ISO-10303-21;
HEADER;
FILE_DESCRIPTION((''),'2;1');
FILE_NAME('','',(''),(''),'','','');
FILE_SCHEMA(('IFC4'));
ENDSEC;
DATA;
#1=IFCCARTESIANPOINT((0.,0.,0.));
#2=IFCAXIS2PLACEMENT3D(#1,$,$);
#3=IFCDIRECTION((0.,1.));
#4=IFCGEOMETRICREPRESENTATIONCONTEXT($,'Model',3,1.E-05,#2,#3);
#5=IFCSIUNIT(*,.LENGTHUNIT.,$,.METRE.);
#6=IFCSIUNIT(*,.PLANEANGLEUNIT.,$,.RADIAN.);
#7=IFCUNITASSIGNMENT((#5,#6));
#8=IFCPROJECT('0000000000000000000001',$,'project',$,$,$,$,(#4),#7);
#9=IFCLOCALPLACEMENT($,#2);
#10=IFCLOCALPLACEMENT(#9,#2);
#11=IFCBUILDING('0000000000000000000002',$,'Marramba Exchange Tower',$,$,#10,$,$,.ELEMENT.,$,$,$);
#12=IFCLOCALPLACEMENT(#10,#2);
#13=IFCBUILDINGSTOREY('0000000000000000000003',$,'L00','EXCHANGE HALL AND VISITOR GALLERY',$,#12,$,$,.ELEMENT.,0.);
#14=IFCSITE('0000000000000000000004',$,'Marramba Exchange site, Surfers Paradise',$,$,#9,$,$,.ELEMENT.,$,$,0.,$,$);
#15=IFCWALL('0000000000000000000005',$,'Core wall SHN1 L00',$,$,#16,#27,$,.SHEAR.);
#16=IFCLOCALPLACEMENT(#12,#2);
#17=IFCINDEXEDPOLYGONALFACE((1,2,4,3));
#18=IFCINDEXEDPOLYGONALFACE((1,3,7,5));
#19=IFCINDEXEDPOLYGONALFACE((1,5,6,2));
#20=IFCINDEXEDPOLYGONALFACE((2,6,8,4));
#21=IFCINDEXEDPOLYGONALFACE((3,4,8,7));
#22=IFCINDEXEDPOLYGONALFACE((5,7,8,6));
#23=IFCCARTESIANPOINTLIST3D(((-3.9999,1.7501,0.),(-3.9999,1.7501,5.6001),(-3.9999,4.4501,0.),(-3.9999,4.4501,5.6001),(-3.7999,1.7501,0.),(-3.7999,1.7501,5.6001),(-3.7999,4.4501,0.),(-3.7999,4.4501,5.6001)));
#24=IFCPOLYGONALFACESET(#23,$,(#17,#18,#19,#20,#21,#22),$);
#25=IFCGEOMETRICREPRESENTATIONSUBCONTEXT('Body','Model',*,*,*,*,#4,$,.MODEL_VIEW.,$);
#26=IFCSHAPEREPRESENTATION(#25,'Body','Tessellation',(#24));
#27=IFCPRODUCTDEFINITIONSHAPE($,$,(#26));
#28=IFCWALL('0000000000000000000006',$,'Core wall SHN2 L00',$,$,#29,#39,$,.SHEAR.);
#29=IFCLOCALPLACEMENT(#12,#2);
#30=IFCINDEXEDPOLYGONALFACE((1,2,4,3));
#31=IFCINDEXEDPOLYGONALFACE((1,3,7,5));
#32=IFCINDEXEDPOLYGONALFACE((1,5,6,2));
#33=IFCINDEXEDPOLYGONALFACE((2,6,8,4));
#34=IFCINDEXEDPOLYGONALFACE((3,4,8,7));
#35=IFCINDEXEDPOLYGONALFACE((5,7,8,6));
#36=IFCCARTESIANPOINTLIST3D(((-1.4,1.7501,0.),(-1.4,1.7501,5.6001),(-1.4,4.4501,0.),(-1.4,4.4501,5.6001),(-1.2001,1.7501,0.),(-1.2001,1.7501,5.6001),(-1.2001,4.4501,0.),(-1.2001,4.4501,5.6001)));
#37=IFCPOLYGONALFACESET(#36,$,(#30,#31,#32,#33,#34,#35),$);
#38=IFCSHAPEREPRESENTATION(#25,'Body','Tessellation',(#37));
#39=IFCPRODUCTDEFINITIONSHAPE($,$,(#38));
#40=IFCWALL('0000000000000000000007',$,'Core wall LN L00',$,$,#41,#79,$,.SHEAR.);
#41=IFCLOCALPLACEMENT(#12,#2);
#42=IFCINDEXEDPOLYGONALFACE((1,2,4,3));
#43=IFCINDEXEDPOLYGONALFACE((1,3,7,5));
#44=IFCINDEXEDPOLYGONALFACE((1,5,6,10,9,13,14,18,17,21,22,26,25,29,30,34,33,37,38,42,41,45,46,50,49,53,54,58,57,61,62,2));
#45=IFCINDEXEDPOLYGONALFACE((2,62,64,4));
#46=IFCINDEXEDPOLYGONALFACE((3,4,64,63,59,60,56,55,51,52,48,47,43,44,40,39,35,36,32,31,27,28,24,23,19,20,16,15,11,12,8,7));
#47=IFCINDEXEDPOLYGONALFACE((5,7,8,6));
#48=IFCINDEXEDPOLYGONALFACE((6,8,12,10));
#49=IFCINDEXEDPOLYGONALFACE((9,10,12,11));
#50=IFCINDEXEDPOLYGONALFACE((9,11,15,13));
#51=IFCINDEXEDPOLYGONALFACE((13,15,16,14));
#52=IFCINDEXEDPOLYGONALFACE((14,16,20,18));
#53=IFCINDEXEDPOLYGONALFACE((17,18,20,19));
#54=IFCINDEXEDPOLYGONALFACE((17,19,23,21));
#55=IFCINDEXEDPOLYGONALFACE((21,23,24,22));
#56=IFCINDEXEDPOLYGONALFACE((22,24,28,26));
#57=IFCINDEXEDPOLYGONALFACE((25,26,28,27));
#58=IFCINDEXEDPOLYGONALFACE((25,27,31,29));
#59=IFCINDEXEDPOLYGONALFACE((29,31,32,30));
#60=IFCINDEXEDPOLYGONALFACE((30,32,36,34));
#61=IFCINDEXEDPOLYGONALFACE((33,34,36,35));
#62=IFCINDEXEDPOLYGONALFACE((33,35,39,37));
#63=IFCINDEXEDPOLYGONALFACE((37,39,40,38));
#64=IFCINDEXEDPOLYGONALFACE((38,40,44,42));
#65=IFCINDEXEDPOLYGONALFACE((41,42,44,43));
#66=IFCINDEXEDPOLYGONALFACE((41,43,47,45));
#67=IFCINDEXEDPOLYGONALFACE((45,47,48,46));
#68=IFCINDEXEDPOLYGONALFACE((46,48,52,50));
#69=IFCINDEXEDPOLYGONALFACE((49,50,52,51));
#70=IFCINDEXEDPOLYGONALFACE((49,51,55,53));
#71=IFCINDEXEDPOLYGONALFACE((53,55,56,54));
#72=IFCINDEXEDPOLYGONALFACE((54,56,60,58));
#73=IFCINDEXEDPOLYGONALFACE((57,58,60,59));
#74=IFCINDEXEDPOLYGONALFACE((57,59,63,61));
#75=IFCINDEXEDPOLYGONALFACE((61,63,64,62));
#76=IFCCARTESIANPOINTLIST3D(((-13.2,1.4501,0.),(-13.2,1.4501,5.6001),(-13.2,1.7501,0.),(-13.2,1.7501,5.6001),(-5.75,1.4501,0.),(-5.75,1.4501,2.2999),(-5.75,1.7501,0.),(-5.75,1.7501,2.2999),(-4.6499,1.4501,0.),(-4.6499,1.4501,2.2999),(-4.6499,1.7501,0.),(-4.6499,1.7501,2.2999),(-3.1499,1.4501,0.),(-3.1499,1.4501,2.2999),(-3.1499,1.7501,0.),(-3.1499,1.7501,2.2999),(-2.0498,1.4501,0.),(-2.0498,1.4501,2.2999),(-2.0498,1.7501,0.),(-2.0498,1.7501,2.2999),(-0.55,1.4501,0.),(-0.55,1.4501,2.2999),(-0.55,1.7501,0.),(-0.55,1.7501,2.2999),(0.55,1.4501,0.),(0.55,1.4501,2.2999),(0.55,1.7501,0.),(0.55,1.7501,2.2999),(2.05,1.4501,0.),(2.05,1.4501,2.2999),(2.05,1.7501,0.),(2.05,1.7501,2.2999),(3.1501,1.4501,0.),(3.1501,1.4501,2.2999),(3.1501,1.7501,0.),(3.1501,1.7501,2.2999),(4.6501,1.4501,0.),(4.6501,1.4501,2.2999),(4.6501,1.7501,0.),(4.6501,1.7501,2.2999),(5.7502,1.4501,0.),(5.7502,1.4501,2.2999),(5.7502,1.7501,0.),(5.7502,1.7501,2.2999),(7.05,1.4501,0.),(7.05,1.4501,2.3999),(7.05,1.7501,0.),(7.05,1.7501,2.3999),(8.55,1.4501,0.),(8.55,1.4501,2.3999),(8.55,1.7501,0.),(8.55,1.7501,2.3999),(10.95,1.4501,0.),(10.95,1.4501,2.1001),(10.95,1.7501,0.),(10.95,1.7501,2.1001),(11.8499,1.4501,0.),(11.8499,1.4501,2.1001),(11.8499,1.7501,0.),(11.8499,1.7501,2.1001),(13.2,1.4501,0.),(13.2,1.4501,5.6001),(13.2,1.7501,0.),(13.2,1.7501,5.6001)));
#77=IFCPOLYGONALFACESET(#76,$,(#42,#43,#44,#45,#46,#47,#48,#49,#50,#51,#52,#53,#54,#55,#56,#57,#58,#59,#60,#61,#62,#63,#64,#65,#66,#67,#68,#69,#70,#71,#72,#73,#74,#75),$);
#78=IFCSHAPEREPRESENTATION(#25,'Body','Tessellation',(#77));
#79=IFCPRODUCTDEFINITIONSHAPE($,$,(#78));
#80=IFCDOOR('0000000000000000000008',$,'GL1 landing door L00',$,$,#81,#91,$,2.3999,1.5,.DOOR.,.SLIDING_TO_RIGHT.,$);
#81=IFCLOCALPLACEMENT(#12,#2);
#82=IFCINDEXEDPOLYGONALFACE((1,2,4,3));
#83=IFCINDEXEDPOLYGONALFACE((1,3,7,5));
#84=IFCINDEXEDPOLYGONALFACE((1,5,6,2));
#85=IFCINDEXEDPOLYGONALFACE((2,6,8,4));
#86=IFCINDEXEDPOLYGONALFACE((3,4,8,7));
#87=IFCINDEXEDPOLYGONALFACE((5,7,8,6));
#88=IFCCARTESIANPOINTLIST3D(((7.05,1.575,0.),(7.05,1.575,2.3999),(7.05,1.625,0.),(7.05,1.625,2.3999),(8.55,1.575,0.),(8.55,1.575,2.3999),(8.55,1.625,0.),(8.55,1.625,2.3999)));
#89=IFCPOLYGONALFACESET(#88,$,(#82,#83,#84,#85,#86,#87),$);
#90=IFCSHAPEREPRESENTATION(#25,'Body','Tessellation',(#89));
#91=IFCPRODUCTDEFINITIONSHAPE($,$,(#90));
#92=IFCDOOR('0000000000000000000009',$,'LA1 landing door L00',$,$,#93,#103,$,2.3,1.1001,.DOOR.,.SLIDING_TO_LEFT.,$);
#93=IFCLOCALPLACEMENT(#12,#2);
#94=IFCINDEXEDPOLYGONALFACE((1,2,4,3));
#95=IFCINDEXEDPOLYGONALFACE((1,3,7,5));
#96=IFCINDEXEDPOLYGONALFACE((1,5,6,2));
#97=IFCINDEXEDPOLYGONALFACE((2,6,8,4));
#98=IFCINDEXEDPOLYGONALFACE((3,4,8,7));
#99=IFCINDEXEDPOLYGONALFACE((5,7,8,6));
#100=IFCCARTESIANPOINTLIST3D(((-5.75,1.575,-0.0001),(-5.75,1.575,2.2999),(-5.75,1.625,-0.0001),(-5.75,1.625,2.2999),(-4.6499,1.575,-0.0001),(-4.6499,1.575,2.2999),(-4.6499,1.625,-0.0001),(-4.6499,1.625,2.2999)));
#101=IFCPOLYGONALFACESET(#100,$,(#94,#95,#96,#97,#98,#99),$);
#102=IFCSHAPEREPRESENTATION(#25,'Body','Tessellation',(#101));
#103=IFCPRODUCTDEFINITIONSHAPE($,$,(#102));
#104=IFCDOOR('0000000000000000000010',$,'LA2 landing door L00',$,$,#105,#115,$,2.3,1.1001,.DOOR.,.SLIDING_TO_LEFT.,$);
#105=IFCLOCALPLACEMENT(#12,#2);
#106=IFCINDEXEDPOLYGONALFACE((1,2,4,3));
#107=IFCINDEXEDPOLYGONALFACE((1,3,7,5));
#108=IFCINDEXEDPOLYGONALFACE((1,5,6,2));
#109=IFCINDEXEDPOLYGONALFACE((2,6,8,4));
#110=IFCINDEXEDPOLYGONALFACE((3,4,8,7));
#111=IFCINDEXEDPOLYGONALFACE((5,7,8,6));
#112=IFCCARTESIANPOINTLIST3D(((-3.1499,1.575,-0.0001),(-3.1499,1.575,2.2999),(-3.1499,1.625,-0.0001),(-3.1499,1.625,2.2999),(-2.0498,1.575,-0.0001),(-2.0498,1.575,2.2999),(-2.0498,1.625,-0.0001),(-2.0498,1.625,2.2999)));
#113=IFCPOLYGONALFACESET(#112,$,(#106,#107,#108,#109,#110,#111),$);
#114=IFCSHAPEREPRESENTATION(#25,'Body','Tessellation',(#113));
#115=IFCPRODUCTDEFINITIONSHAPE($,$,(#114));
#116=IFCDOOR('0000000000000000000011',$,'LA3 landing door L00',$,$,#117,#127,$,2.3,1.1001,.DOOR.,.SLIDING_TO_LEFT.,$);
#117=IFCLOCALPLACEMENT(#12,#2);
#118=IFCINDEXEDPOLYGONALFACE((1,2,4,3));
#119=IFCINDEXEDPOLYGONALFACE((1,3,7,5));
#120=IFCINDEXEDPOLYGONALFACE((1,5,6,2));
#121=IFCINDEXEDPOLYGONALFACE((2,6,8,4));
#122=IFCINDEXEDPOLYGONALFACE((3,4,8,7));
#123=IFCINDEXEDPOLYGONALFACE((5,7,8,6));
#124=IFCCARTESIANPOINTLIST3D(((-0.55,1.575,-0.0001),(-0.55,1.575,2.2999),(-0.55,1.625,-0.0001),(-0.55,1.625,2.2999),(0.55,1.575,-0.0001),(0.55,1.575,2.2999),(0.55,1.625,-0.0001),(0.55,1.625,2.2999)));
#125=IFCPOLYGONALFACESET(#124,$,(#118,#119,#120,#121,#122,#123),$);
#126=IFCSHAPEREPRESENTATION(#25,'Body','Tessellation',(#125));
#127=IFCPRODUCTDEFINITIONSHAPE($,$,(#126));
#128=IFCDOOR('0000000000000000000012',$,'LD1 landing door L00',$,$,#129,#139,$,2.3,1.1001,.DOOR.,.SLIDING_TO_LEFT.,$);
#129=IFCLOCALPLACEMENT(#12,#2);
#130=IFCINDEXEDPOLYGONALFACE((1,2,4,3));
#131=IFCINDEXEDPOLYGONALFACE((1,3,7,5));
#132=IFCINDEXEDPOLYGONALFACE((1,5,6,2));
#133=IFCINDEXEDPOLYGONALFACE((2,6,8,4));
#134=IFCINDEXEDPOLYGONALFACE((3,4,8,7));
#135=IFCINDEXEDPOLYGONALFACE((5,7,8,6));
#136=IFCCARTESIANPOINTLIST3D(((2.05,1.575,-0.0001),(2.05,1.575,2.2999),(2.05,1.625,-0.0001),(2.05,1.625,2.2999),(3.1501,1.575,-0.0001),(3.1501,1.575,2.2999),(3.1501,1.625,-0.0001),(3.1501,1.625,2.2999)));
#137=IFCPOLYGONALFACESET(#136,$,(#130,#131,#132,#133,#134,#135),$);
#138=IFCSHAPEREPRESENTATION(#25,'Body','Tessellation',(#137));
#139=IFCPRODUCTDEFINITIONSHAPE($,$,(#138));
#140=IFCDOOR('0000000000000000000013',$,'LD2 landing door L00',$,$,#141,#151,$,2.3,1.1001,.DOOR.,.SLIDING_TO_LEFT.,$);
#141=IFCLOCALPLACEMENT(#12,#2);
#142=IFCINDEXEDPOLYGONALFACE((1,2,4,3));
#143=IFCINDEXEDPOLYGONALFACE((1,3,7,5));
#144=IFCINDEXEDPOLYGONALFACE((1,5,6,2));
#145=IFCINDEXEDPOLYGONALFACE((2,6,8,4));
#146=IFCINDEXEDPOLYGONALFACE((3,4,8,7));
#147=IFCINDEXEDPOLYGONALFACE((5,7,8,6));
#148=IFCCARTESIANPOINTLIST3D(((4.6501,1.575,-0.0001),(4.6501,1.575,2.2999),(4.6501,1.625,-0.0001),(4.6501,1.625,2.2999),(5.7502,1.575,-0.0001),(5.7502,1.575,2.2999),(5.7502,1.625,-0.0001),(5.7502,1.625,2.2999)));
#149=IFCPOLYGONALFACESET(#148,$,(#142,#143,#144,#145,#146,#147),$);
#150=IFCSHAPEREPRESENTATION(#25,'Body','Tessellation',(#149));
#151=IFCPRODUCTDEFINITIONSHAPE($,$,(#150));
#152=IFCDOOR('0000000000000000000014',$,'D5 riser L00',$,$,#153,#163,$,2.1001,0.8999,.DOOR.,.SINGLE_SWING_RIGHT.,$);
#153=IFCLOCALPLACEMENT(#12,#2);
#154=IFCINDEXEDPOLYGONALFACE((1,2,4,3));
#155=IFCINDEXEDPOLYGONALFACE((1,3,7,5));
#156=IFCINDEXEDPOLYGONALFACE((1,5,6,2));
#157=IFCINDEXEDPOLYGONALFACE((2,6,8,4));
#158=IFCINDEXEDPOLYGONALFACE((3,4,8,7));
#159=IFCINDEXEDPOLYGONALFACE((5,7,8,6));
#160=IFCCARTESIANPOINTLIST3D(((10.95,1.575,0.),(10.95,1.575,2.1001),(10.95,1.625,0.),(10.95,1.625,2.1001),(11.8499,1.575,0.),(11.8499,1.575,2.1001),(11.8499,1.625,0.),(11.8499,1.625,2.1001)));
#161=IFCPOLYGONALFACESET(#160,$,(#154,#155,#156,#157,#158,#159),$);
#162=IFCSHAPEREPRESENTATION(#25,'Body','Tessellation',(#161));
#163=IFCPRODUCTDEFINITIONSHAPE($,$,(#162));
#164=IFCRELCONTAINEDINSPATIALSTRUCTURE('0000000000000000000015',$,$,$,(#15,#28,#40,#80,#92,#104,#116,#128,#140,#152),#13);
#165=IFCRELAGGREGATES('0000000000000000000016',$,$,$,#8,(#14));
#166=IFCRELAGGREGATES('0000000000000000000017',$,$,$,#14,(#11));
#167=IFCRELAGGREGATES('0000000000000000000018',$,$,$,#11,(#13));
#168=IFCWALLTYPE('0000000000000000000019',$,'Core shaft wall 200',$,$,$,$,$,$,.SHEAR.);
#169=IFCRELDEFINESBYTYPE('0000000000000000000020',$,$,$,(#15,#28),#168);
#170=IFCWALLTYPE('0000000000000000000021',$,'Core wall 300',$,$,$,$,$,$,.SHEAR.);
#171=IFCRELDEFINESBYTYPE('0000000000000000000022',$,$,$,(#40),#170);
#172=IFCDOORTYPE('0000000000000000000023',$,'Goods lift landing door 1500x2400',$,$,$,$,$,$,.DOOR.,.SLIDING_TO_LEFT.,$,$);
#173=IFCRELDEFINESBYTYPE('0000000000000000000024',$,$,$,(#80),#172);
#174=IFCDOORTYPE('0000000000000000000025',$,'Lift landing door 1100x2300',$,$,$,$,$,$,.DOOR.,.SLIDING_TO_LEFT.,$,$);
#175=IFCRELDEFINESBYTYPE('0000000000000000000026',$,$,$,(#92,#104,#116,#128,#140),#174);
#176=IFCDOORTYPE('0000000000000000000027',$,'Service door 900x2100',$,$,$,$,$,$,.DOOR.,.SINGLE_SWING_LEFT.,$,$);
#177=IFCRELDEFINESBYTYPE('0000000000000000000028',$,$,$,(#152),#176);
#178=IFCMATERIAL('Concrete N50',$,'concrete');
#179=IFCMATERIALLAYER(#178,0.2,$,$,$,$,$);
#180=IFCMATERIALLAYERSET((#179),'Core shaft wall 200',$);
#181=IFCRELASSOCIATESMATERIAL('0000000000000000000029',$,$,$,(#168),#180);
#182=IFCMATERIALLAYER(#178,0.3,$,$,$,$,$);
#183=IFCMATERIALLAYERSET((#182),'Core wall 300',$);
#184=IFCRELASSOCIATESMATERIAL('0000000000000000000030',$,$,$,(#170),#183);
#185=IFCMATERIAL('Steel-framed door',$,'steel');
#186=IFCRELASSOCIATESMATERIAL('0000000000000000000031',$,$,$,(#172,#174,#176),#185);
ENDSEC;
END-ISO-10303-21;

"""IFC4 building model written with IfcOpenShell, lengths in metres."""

from ifc_helpers import new_model, si_unit, direction, frame, frame_2d, origin, place, context, subcontext, project, spatial, rectangle, extrude, material, layer, layer_set, type_object, element, fill, save


model = new_model("IFC4")

# Units and contexts
model_context = context("Model", 3, precision=1e-05, world=origin(), true_north=direction((0.0, 1.0)))
body_context = subcontext(model_context, "Body", "Model", "MODEL_VIEW")
ifc_project = project(units=[si_unit("LENGTHUNIT", "METRE"), si_unit("PLANEANGLEUNIT", "RADIAN")], contexts=[model_context])

# Site, building, storey
site_placement = place(None, origin())
site = spatial("IfcSite", under=ifc_project, at=site_placement, Name="Marramba Exchange site, Surfers Paradise", CompositionType="ELEMENT", RefElevation=0.0)
building_placement = place(site_placement, origin())
building = spatial("IfcBuilding", under=site, at=building_placement, Name="Marramba Exchange Tower", CompositionType="ELEMENT")
storey_placement = place(building_placement, origin())
storey = spatial("IfcBuildingStorey", under=building, at=storey_placement, Name="L00", Description="EXCHANGE HALL AND VISITOR GALLERY", CompositionType="ELEMENT", Elevation=0.0)

# Walls
ifc_material_1 = material(Name="Concrete N50", Category="concrete")
ifc_layer_1 = layer(ifc_material_1, 0.2)
ifc_layer_set_1 = layer_set([ifc_layer_1], Name="Core shaft wall 200")
wall_type_1 = type_object("IfcWallType", Name="Core shaft wall 200", PredefinedType="SHEAR", material=ifc_layer_set_1)
for number, where, z_axis, x_axis, name in (
    (1, (-3.8999, 1.75, 0.0), (0.0, 0.0, 1.0), (0.0, 1.0, 0.0), "Core wall SHN1 L00"),
    (2, (-1.3, 1.75, 0.0), (0.0, 0.0, 1.0), (0.0, 1.0, 0.0), "Core wall SHN2 L00"),
):
    element("IfcWall", number, at=place(storey_placement, frame(where, z_axis=z_axis, x_axis=x_axis)), inside=storey, type_object=wall_type_1, Name=name, PredefinedType="SHEAR", context=body_context, shape_type="SweptSolid", body=[
        extrude(rectangle(XDim=2.7, YDim=0.2, at=frame_2d((1.3501, 0.0))), origin(), (0.0, 0.0, 1.0), 5.6001),
    ])

# Wall, openings, doors
ifc_layer_2 = layer(ifc_material_1, 0.3)
ifc_layer_set_2 = layer_set([ifc_layer_2], Name="Core wall 300")
wall_type_2 = type_object("IfcWallType", Name="Core wall 300", PredefinedType="SHEAR", material=ifc_layer_set_2)
wall_1_placement = place(storey_placement, frame((-13.2, 1.6001, 0.0), z_axis=(0.0, 0.0, 1.0), x_axis=(1.0, 0.0, 0.0)))
wall_1 = element("IfcWall", 3, at=wall_1_placement, inside=storey, type_object=wall_type_2, Name="Core wall LN L00", PredefinedType="SHEAR", context=body_context, shape_type="SweptSolid", body=[
    extrude(rectangle(XDim=26.3999, YDim=0.3, at=frame_2d((13.2, 0.0))), origin(), (0.0, 0.0, 1.0), 5.6001),
])
opening_1_placement = place(wall_1_placement, frame((20.25, 0.0, 0.0)))
opening_1 = element("IfcOpeningElement", 4, at=opening_1_placement, cuts=wall_1, PredefinedType="OPENING", context=body_context, shape_type="SweptSolid", body=[
    extrude(rectangle(XDim=1.5, YDim=2.3999, at=frame_2d((0.75, 1.2))), frame((0.0, 0.1599, 0.0), z_axis=(0.0, -1.0, 0.0), x_axis=(1.0, 0.0, 0.0)), (0.0, 0.0, 1.0), 0.3201),
])
opening_2_placement = place(wall_1_placement, frame((7.45, 0.0, 0.0)))
opening_2 = element("IfcOpeningElement", 5, at=opening_2_placement, cuts=wall_1, PredefinedType="OPENING", context=body_context, shape_type="SweptSolid", body=[
    extrude(rectangle(XDim=1.1001, YDim=2.3, at=frame_2d((0.55, 1.1499))), frame((0.0, 0.1599, 0.0), z_axis=(0.0, -1.0, 0.0), x_axis=(1.0, 0.0, 0.0)), (0.0, 0.0, 1.0), 0.3201),
])
opening_3_placement = place(wall_1_placement, frame((10.05, 0.0, 0.0)))
opening_3 = element("IfcOpeningElement", 6, at=opening_3_placement, cuts=wall_1, PredefinedType="OPENING", context=body_context, shape_type="SweptSolid", body=[
    extrude(rectangle(XDim=1.1001, YDim=2.3, at=frame_2d((0.55, 1.1499))), frame((0.0, 0.1599, 0.0), z_axis=(0.0, -1.0, 0.0), x_axis=(1.0, 0.0, 0.0)), (0.0, 0.0, 1.0), 0.3201),
])
opening_4_placement = place(wall_1_placement, frame((12.6499, 0.0, 0.0)))
opening_4 = element("IfcOpeningElement", 7, at=opening_4_placement, cuts=wall_1, PredefinedType="OPENING", context=body_context, shape_type="SweptSolid", body=[
    extrude(rectangle(XDim=1.1001, YDim=2.3, at=frame_2d((0.55, 1.1499))), frame((0.0, 0.1599, 0.0), z_axis=(0.0, -1.0, 0.0), x_axis=(1.0, 0.0, 0.0)), (0.0, 0.0, 1.0), 0.3201),
])
opening_5_placement = place(wall_1_placement, frame((15.25, 0.0, 0.0)))
opening_5 = element("IfcOpeningElement", 8, at=opening_5_placement, cuts=wall_1, PredefinedType="OPENING", context=body_context, shape_type="SweptSolid", body=[
    extrude(rectangle(XDim=1.1001, YDim=2.3, at=frame_2d((0.55, 1.1499))), frame((0.0, 0.1599, 0.0), z_axis=(0.0, -1.0, 0.0), x_axis=(1.0, 0.0, 0.0)), (0.0, 0.0, 1.0), 0.3201),
])
opening_6_placement = place(wall_1_placement, frame((17.8501, 0.0, 0.0)))
opening_6 = element("IfcOpeningElement", 9, at=opening_6_placement, cuts=wall_1, PredefinedType="OPENING", context=body_context, shape_type="SweptSolid", body=[
    extrude(rectangle(XDim=1.1001, YDim=2.3, at=frame_2d((0.55, 1.1499))), frame((0.0, 0.1599, 0.0), z_axis=(0.0, -1.0, 0.0), x_axis=(1.0, 0.0, 0.0)), (0.0, 0.0, 1.0), 0.3201),
])
opening_7_placement = place(wall_1_placement, frame((24.1499, 0.0, 0.0)))
opening_7 = element("IfcOpeningElement", 10, at=opening_7_placement, cuts=wall_1, PredefinedType="OPENING", context=body_context, shape_type="SweptSolid", body=[
    extrude(rectangle(XDim=0.8999, YDim=2.1001, at=frame_2d((0.45, 1.05))), frame((0.0, 0.1599, 0.0), z_axis=(0.0, -1.0, 0.0), x_axis=(1.0, 0.0, 0.0)), (0.0, 0.0, 1.0), 0.3201),
])
ifc_material_2 = material(Name="Steel-framed door", Category="steel")
door_type_1 = type_object("IfcDoorType", Name="Goods lift landing door 1500x2400", OperationType="SLIDING_TO_LEFT", PredefinedType="DOOR", material=ifc_material_2)
door_1_placement = place(opening_1_placement, origin())
door_1 = element("IfcDoor", 11, at=door_1_placement, inside=storey, type_object=door_type_1, Name="GL1 landing door L00", OperationType="SLIDING_TO_RIGHT", OverallHeight=2.3999, OverallWidth=1.5, PredefinedType="DOOR", context=body_context, shape_type="SweptSolid", body=[
    extrude(rectangle(XDim=1.5, YDim=2.3999, at=frame_2d((0.75, 1.2))), frame((0.0, 0.0249, 0.0), z_axis=(0.0, -1.0, 0.0), x_axis=(1.0, 0.0, 0.0)), (0.0, 0.0, 1.0), 0.05),
])
fill(opening_1, door_1)
door_type_2 = type_object("IfcDoorType", Name="Lift landing door 1100x2300", OperationType="SLIDING_TO_LEFT", PredefinedType="DOOR", material=ifc_material_2)
door_2_placement = place(opening_2_placement, origin())
door_2 = element("IfcDoor", 12, at=door_2_placement, inside=storey, type_object=door_type_2, Name="LA1 landing door L00", OperationType="SLIDING_TO_LEFT", OverallHeight=2.3, OverallWidth=1.1001, PredefinedType="DOOR", context=body_context, shape_type="SweptSolid", body=[
    extrude(rectangle(XDim=1.1001, YDim=2.3, at=frame_2d((0.55, 1.1499))), frame((0.0, 0.0249, 0.0), z_axis=(0.0, -1.0, 0.0), x_axis=(1.0, 0.0, 0.0)), (0.0, 0.0, 1.0), 0.05),
])
fill(opening_2, door_2)
door_3_placement = place(opening_3_placement, origin())
door_3 = element("IfcDoor", 13, at=door_3_placement, inside=storey, type_object=door_type_2, Name="LA2 landing door L00", OperationType="SLIDING_TO_LEFT", OverallHeight=2.3, OverallWidth=1.1001, PredefinedType="DOOR", context=body_context, shape_type="SweptSolid", body=[
    extrude(rectangle(XDim=1.1001, YDim=2.3, at=frame_2d((0.55, 1.1499))), frame((0.0, 0.0249, 0.0), z_axis=(0.0, -1.0, 0.0), x_axis=(1.0, 0.0, 0.0)), (0.0, 0.0, 1.0), 0.05),
])
fill(opening_3, door_3)
door_4_placement = place(opening_4_placement, origin())
door_4 = element("IfcDoor", 14, at=door_4_placement, inside=storey, type_object=door_type_2, Name="LA3 landing door L00", OperationType="SLIDING_TO_LEFT", OverallHeight=2.3, OverallWidth=1.1001, PredefinedType="DOOR", context=body_context, shape_type="SweptSolid", body=[
    extrude(rectangle(XDim=1.1001, YDim=2.3, at=frame_2d((0.55, 1.1499))), frame((0.0, 0.0249, 0.0), z_axis=(0.0, -1.0, 0.0), x_axis=(1.0, 0.0, 0.0)), (0.0, 0.0, 1.0), 0.05),
])
fill(opening_4, door_4)
door_5_placement = place(opening_5_placement, origin())
door_5 = element("IfcDoor", 15, at=door_5_placement, inside=storey, type_object=door_type_2, Name="LD1 landing door L00", OperationType="SLIDING_TO_LEFT", OverallHeight=2.3, OverallWidth=1.1001, PredefinedType="DOOR", context=body_context, shape_type="SweptSolid", body=[
    extrude(rectangle(XDim=1.1001, YDim=2.3, at=frame_2d((0.55, 1.1499))), frame((0.0, 0.0249, 0.0), z_axis=(0.0, -1.0, 0.0), x_axis=(1.0, 0.0, 0.0)), (0.0, 0.0, 1.0), 0.05),
])
fill(opening_5, door_5)
door_6_placement = place(opening_6_placement, origin())
door_6 = element("IfcDoor", 16, at=door_6_placement, inside=storey, type_object=door_type_2, Name="LD2 landing door L00", OperationType="SLIDING_TO_LEFT", OverallHeight=2.3, OverallWidth=1.1001, PredefinedType="DOOR", context=body_context, shape_type="SweptSolid", body=[
    extrude(rectangle(XDim=1.1001, YDim=2.3, at=frame_2d((0.55, 1.1499))), frame((0.0, 0.0249, 0.0), z_axis=(0.0, -1.0, 0.0), x_axis=(1.0, 0.0, 0.0)), (0.0, 0.0, 1.0), 0.05),
])
fill(opening_6, door_6)
door_type_3 = type_object("IfcDoorType", Name="Service door 900x2100", OperationType="SINGLE_SWING_LEFT", PredefinedType="DOOR", material=ifc_material_2)
door_7_placement = place(opening_7_placement, origin())
door_7 = element("IfcDoor", 17, at=door_7_placement, inside=storey, type_object=door_type_3, Name="D5 riser L00", OperationType="SINGLE_SWING_RIGHT", OverallHeight=2.1001, OverallWidth=0.8999, PredefinedType="DOOR", context=body_context, shape_type="SweptSolid", body=[
    extrude(rectangle(XDim=0.8999, YDim=2.1001, at=frame_2d((0.45, 1.05))), frame((0.0, 0.0249, 0.0), z_axis=(0.0, -1.0, 0.0), x_axis=(1.0, 0.0, 0.0)), (0.0, 0.0, 1.0), 0.05),
])
fill(opening_7, door_7)

save(model, "model.ifc")
